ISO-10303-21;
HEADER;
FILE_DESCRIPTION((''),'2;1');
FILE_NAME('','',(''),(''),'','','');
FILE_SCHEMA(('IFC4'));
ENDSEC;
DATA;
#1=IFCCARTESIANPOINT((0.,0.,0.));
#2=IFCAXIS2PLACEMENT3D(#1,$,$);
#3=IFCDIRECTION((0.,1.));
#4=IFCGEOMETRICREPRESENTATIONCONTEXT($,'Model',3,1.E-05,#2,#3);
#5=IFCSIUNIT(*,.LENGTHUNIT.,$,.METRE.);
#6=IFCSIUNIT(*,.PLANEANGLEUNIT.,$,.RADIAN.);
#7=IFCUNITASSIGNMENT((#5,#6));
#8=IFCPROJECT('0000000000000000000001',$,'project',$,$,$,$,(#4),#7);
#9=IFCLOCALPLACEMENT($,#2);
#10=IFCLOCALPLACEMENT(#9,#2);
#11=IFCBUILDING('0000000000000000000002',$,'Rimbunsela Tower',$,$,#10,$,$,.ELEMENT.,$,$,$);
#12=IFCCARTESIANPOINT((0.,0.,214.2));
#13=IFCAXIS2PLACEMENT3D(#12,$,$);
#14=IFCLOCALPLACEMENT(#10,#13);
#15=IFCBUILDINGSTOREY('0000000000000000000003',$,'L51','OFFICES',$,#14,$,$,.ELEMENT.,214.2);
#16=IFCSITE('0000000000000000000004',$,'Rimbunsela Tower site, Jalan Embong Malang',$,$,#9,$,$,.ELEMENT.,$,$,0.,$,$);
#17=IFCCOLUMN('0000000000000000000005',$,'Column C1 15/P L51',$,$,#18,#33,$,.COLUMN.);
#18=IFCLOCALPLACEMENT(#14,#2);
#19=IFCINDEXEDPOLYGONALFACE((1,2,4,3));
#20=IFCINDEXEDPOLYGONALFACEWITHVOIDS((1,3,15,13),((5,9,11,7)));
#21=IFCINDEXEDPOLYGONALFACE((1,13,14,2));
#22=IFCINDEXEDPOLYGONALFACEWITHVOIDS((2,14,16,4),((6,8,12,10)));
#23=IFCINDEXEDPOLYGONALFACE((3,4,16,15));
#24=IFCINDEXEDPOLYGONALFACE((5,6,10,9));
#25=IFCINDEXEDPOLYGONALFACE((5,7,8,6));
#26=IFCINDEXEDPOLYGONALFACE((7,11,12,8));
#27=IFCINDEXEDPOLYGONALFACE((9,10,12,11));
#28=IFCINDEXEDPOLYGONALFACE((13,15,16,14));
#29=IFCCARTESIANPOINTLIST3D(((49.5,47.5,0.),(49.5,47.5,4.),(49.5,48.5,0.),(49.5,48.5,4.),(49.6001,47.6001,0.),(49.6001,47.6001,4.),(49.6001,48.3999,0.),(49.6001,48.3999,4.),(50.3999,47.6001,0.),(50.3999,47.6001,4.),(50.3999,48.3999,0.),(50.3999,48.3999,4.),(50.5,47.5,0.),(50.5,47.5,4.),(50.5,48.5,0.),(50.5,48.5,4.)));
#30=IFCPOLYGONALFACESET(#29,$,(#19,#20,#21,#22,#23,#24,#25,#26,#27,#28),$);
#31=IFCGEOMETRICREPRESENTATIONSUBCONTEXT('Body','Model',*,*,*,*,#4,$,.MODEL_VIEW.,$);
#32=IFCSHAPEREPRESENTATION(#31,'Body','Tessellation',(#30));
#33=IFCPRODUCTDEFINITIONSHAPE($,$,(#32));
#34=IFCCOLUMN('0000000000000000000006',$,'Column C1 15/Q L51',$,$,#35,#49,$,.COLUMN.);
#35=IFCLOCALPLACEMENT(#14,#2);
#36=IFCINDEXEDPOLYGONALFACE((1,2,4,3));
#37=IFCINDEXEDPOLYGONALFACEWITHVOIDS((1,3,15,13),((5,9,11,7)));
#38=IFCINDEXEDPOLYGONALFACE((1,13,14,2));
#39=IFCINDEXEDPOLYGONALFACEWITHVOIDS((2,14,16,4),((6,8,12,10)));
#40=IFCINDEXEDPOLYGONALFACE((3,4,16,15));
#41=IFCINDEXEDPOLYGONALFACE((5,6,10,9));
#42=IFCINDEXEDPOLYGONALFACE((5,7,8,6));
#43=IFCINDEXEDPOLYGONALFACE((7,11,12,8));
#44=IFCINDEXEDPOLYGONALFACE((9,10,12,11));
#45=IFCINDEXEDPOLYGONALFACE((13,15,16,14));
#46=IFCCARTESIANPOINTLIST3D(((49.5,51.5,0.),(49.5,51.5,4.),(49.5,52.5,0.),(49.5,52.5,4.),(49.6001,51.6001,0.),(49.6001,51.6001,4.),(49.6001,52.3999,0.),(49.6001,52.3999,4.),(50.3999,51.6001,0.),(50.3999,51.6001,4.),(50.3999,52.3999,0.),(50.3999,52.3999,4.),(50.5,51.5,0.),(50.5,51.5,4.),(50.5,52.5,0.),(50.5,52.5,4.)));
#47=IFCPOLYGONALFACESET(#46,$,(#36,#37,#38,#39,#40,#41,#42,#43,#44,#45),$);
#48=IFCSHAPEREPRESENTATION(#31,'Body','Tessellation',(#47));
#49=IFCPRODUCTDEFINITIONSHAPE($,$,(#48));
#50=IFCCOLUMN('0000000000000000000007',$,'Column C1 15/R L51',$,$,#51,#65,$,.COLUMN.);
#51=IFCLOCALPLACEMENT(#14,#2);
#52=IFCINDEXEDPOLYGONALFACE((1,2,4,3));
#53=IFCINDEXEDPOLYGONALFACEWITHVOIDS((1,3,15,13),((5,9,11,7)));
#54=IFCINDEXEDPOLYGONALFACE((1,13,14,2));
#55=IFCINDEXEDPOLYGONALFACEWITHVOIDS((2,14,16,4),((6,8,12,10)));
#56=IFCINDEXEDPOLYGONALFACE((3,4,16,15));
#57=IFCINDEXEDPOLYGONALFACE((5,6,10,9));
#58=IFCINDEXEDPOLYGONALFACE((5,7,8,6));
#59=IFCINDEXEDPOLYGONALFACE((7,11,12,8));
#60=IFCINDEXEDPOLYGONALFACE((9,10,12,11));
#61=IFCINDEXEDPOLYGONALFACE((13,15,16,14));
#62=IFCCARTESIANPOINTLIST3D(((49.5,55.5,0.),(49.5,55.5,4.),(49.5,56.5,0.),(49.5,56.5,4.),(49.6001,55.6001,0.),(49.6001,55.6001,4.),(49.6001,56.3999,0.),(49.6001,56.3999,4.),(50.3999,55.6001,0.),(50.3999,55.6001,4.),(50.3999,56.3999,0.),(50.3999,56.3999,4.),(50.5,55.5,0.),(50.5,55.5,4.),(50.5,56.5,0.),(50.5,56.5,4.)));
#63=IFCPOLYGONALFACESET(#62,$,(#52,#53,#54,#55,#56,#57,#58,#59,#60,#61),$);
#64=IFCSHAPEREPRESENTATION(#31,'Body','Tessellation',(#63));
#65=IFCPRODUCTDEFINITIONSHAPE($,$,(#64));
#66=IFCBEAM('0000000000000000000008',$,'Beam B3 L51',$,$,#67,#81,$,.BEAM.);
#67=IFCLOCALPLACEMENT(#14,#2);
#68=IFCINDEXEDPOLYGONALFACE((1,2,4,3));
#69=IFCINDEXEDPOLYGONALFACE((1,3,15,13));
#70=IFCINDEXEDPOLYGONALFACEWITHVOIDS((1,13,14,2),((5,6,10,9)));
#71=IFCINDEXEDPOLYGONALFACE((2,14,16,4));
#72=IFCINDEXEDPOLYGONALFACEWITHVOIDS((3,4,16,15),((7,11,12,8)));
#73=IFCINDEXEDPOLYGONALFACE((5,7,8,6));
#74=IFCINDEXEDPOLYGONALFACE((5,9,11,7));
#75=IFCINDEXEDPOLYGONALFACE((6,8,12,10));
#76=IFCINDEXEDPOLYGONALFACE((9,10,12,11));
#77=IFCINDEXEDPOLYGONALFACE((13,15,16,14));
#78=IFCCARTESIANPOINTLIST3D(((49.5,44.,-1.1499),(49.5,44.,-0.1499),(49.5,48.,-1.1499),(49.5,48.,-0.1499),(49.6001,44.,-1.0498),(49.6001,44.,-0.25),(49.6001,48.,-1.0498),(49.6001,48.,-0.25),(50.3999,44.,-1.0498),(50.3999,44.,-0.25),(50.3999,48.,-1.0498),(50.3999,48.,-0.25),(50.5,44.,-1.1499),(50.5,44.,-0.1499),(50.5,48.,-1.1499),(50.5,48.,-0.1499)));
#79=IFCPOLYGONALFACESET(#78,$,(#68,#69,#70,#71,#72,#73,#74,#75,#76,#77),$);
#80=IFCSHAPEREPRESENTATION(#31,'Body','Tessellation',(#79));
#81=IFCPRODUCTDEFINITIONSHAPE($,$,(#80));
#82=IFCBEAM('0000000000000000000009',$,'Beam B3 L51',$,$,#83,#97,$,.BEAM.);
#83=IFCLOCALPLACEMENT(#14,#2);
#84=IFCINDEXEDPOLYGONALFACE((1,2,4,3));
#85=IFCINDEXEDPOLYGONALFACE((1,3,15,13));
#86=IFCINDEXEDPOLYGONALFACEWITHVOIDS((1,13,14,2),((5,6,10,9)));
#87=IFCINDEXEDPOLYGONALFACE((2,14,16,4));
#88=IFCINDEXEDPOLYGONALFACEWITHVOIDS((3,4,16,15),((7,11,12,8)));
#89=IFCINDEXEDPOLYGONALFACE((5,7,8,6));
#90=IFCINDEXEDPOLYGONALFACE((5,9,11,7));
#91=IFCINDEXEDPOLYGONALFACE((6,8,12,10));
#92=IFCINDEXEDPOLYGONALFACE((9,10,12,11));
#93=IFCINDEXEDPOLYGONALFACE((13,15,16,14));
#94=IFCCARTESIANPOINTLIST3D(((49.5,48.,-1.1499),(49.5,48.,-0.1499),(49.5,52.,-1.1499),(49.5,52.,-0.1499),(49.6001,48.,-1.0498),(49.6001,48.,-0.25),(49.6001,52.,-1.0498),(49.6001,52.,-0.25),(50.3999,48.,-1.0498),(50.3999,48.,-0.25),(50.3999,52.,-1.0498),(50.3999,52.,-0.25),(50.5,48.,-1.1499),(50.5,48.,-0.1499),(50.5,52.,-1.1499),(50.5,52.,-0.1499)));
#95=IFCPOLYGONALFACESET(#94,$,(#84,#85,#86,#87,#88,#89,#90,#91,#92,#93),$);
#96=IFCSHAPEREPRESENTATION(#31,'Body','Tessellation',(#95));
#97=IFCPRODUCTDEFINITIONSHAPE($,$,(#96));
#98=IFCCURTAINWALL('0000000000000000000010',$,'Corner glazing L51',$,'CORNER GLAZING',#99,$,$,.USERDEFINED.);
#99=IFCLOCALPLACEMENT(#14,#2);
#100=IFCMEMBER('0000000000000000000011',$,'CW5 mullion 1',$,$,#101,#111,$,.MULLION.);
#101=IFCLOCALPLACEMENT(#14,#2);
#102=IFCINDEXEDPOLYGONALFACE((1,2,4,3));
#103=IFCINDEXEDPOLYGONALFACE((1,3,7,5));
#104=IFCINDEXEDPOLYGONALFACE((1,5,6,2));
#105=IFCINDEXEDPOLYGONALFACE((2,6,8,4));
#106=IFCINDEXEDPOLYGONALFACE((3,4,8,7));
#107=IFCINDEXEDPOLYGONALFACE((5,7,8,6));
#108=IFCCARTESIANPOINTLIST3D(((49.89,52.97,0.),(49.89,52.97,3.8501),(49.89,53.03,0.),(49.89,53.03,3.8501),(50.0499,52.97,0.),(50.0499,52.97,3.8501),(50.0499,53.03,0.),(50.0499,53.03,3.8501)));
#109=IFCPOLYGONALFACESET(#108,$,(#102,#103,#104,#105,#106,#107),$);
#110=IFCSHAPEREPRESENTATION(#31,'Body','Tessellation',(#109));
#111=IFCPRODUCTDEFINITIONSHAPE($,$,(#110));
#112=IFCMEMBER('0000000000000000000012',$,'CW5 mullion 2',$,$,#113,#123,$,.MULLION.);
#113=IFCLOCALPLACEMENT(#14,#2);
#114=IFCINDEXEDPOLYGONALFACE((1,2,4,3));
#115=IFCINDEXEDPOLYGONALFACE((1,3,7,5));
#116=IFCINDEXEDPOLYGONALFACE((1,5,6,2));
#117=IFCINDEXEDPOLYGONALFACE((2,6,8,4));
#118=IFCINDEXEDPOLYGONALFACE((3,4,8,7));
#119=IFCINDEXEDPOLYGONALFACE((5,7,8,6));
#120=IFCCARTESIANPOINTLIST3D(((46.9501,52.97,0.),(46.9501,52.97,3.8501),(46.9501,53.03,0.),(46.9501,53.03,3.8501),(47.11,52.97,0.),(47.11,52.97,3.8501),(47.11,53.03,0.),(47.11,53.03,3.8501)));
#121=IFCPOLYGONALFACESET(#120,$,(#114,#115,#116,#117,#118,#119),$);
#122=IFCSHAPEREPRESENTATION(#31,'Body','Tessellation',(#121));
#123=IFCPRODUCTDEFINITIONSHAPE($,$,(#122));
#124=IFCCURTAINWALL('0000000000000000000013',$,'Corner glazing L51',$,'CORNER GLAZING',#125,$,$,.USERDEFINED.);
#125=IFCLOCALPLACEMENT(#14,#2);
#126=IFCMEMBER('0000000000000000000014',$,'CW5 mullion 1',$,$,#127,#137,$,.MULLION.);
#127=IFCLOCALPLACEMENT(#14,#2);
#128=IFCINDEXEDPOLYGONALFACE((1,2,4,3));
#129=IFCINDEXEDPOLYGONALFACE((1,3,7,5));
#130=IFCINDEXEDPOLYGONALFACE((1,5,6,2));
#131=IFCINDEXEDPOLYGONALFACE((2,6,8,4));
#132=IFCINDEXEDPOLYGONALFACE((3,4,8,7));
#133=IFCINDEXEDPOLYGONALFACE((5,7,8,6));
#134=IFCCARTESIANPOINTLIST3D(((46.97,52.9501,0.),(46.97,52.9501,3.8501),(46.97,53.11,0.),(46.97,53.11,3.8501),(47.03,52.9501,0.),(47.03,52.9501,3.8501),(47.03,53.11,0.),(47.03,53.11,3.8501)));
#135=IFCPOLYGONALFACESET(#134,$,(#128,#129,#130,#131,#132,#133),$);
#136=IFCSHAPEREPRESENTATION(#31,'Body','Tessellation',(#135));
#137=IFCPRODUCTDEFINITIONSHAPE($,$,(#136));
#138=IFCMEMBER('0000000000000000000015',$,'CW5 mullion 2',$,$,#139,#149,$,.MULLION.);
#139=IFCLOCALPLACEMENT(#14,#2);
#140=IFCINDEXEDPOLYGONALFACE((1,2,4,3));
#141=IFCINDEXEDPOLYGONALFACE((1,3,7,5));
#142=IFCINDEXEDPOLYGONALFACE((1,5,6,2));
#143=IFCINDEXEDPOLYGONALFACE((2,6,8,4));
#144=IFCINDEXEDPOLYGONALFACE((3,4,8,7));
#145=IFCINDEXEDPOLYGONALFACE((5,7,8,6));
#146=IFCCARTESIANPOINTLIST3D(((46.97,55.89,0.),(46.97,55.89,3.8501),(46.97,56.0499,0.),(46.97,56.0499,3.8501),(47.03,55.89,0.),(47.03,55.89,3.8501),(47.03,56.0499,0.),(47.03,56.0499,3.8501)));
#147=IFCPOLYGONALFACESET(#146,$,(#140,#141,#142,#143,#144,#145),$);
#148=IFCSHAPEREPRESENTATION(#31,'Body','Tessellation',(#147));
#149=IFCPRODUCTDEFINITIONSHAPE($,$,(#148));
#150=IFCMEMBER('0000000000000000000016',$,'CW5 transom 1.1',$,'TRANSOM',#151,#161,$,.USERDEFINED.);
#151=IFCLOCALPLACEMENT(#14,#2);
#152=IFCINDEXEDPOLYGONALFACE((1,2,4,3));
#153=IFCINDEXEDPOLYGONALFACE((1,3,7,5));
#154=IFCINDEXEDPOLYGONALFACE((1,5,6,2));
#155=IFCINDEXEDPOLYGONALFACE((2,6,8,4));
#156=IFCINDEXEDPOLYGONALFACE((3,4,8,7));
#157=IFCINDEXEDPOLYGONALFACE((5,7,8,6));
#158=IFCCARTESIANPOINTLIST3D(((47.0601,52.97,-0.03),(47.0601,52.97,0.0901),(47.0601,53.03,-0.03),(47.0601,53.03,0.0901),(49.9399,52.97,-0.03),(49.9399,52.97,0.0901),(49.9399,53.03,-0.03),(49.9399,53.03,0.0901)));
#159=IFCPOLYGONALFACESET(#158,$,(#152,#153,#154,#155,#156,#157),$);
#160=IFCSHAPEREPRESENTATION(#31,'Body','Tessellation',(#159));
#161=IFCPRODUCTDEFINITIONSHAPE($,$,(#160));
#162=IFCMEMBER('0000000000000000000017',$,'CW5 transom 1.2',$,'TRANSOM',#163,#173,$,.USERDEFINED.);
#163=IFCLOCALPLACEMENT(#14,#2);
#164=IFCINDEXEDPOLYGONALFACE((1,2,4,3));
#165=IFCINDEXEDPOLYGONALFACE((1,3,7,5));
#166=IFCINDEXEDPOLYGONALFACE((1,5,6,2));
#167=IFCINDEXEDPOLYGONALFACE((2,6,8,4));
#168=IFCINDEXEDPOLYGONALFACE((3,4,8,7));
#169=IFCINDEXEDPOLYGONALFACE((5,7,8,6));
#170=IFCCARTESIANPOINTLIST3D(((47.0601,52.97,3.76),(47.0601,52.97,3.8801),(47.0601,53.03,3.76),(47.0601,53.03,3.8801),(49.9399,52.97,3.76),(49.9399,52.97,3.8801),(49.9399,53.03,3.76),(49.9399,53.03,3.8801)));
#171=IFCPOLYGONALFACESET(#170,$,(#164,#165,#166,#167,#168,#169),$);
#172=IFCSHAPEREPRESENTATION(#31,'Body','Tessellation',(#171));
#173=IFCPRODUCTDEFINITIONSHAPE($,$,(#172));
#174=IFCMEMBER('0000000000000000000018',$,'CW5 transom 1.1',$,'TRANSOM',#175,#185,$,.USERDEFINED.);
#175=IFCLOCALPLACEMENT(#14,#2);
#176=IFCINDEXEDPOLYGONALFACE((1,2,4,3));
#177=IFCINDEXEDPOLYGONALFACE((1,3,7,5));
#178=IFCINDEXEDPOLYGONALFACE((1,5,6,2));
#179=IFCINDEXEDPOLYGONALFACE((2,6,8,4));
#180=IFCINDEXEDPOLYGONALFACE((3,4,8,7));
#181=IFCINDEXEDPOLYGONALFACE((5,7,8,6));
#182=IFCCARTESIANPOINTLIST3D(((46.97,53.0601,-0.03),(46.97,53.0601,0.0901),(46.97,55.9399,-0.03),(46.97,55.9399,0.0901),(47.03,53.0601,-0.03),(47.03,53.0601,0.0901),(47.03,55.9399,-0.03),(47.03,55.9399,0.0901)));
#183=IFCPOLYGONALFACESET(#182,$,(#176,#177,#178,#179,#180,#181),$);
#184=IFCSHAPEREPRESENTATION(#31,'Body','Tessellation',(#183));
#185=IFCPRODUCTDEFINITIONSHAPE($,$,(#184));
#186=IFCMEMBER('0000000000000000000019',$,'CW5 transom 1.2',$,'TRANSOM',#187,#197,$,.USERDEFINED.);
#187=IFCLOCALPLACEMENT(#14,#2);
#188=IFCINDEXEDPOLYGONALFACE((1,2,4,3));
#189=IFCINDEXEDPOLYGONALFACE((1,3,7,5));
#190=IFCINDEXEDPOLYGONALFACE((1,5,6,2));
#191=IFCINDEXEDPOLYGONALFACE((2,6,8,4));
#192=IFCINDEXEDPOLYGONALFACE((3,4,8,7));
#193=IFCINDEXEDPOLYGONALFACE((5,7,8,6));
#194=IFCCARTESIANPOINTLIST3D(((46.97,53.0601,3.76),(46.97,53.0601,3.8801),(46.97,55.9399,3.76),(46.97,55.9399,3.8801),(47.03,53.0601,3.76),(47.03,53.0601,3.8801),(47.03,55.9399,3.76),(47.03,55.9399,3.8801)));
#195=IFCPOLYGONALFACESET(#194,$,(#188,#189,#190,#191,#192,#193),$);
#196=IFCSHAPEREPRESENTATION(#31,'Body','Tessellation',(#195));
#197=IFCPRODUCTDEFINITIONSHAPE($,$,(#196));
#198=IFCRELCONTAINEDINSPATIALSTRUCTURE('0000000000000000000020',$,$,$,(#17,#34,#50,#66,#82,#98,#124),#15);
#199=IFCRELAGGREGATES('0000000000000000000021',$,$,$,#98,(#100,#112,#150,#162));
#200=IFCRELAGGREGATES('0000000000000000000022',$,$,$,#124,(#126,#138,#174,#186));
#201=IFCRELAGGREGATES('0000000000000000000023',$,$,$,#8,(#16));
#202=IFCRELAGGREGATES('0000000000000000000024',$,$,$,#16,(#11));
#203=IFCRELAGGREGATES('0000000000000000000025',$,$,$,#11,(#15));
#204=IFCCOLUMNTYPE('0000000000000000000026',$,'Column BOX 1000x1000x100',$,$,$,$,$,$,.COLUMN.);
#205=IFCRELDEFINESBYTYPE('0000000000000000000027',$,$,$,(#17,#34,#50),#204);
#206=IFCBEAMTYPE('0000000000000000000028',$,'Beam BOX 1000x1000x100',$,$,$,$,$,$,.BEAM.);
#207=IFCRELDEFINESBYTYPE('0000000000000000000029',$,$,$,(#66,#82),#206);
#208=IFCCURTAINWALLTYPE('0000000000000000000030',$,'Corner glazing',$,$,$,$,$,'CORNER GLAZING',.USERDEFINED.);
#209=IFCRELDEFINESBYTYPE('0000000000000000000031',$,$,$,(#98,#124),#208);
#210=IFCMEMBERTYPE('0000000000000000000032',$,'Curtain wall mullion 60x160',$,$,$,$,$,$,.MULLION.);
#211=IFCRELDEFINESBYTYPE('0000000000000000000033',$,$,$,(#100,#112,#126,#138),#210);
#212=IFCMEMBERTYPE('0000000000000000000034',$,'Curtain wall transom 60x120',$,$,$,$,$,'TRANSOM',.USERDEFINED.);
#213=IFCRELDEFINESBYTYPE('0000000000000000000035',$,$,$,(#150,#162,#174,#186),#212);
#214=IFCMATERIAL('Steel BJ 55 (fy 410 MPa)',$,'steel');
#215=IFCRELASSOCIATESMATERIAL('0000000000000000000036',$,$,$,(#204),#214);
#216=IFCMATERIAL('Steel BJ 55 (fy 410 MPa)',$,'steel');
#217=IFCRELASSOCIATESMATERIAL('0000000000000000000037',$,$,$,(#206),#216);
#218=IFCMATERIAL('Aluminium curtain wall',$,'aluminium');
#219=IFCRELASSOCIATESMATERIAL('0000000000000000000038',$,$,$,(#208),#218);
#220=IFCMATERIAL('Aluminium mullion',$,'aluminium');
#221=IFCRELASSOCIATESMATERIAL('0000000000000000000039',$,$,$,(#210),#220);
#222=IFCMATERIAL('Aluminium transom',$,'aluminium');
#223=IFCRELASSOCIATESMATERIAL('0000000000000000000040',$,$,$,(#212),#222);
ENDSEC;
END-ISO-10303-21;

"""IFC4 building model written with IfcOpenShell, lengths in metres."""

from ifc_helpers import new_model, si_unit, direction, frame, origin, origin_2d, place, context, subcontext, project, spatial, rectangle, hollow_rectangle, extrude, material, material_profile, profile_set, type_object, element, aggregate, save


model = new_model("IFC4")

# Units and contexts
model_context = context("Model", 3, precision=1e-05, world=origin(), true_north=direction((0.0, 1.0)))
body_context = subcontext(model_context, "Body", "Model", "MODEL_VIEW")
ifc_project = project(units=[si_unit("LENGTHUNIT", "METRE"), si_unit("PLANEANGLEUNIT", "RADIAN")], contexts=[model_context])

# Site, building, storey
site_placement = place(None, origin())
site = spatial("IfcSite", under=ifc_project, at=site_placement, Name="Rimbunsela Tower site, Jalan Embong Malang", CompositionType="ELEMENT", RefElevation=0.0)
building_placement = place(site_placement, origin())
building = spatial("IfcBuilding", under=site, at=building_placement, Name="Rimbunsela Tower", CompositionType="ELEMENT")
storey_placement = place(building_placement, frame((0.0, 0.0, 214.2)))
storey = spatial("IfcBuildingStorey", under=building, at=storey_placement, Name="L51", Description="OFFICES", CompositionType="ELEMENT", Elevation=214.2)

# Columns
ifc_material_1 = material(Name="Steel BJ 55 (fy 410 MPa)", Category="steel")
ifc_material_profile_1 = material_profile(ifc_material_1, hollow_rectangle(XDim=1.0, YDim=1.0, WallThickness=0.1001, at=origin_2d()), Name="BOX 1000x1000x100")
ifc_profile_set_1 = profile_set([ifc_material_profile_1], Name="Steel BJ 55 (fy 410 MPa)")
column_type = type_object("IfcColumnType", Name="Column BOX 1000x1000x100", PredefinedType="COLUMN", material=ifc_profile_set_1)
for number, where, z_axis, x_axis, name in (
    (1, (50.0, 48.0, 0.0), (0.0, 0.0, 1.0), (1.0, 0.0, 0.0), "Column C1 15/P L51"),
    (2, (50.0, 52.0, 0.0), (0.0, 0.0, 1.0), (1.0, 0.0, 0.0), "Column C1 15/Q L51"),
    (3, (50.0, 56.0, 0.0), (0.0, 0.0, 1.0), (1.0, 0.0, 0.0), "Column C1 15/R L51"),
):
    element("IfcColumn", number, at=place(storey_placement, frame(where, z_axis=z_axis, x_axis=x_axis)), inside=storey, type_object=column_type, Name=name, PredefinedType="COLUMN", context=body_context, shape_type="SweptSolid", body=[
        extrude(hollow_rectangle(XDim=1.0, YDim=1.0, WallThickness=0.1001, at=origin_2d()), origin(), (0.0, 0.0, 1.0), 4.0),
    ])

# Beams
ifc_material_2 = material(Name="Steel BJ 55 (fy 410 MPa)", Category="steel")
ifc_material_profile_2 = material_profile(ifc_material_2, hollow_rectangle(XDim=1.0, YDim=1.0, WallThickness=0.1001, at=origin_2d()), Name="BOX 1000x1000x100")
ifc_profile_set_2 = profile_set([ifc_material_profile_2], Name="Steel BJ 55 (fy 410 MPa)")
beam_type = type_object("IfcBeamType", Name="Beam BOX 1000x1000x100", PredefinedType="BEAM", material=ifc_profile_set_2)
for number, where, z_axis, x_axis, name in (
    (4, (50.0, 44.0, -0.6499), (0.0, 1.0, 0.0), (-1.0, 0.0, 0.0), "Beam B3 L51"),
    (5, (50.0, 48.0, -0.6499), (0.0, 1.0, 0.0), (-1.0, 0.0, 0.0), "Beam B3 L51"),
):
    element("IfcBeam", number, at=place(storey_placement, frame(where, z_axis=z_axis, x_axis=x_axis)), inside=storey, type_object=beam_type, Name=name, PredefinedType="BEAM", context=body_context, shape_type="SweptSolid", body=[
        extrude(hollow_rectangle(XDim=1.0, YDim=1.0, WallThickness=0.1001, at=origin_2d()), origin(), (0.0, 0.0, 1.0), 4.0),
    ])

# Curtain walls, members
ifc_material_3 = material(Name="Aluminium curtain wall", Category="aluminium")
curtain_wall_type = type_object("IfcCurtainWallType", Name="Corner glazing", ElementType="CORNER GLAZING", PredefinedType="USERDEFINED", material=ifc_material_3)
curtain_wall_1_placement = place(storey_placement, origin())
curtain_wall_1 = element("IfcCurtainWall", 6, at=curtain_wall_1_placement, inside=storey, type_object=curtain_wall_type, Name="Corner glazing L51", ObjectType="CORNER GLAZING", PredefinedType="USERDEFINED")
ifc_material_4 = material(Name="Aluminium mullion", Category="aluminium")
ifc_material_profile_3 = material_profile(ifc_material_4, rectangle(XDim=0.0601, YDim=0.1599, at=origin_2d()), Name="Mullion 60x160")
ifc_profile_set_3 = profile_set([ifc_material_profile_3], Name="Aluminium mullion")
member_type_1 = type_object("IfcMemberType", Name="Curtain wall mullion 60x160", PredefinedType="MULLION", material=ifc_profile_set_3)
member_1_placement = place(storey_placement, frame((49.97, 53.0, 0.0), z_axis=(0.0, 0.0, 1.0), x_axis=(0.0, -1.0, 0.0)))
member_1 = element("IfcMember", 7, at=member_1_placement, type_object=member_type_1, Name="CW5 mullion 1", PredefinedType="MULLION", context=body_context, shape_type="SweptSolid", body=[
    extrude(rectangle(XDim=0.0601, YDim=0.1599, at=origin_2d()), origin(), (0.0, 0.0, 1.0), 3.8501),
])
member_2_placement = place(storey_placement, frame((47.03, 53.0, 0.0), z_axis=(0.0, 0.0, 1.0), x_axis=(0.0, -1.0, 0.0)))
member_2 = element("IfcMember", 8, at=member_2_placement, type_object=member_type_1, Name="CW5 mullion 2", PredefinedType="MULLION", context=body_context, shape_type="SweptSolid", body=[
    extrude(rectangle(XDim=0.0601, YDim=0.1599, at=origin_2d()), origin(), (0.0, 0.0, 1.0), 3.8501),
])
curtain_wall_2_placement = place(storey_placement, origin())
curtain_wall_2 = element("IfcCurtainWall", 9, at=curtain_wall_2_placement, inside=storey, type_object=curtain_wall_type, Name="Corner glazing L51", ObjectType="CORNER GLAZING", PredefinedType="USERDEFINED")
member_3_placement = place(storey_placement, frame((47.0, 53.03, 0.0), z_axis=(0.0, 0.0, 1.0), x_axis=(-1.0, 0.0, 0.0)))
member_3 = element("IfcMember", 10, at=member_3_placement, type_object=member_type_1, Name="CW5 mullion 1", PredefinedType="MULLION", context=body_context, shape_type="SweptSolid", body=[
    extrude(rectangle(XDim=0.0601, YDim=0.1599, at=origin_2d()), origin(), (0.0, 0.0, 1.0), 3.8501),
])
member_4_placement = place(storey_placement, frame((47.0, 55.97, 0.0), z_axis=(0.0, 0.0, 1.0), x_axis=(-1.0, 0.0, 0.0)))
member_4 = element("IfcMember", 11, at=member_4_placement, type_object=member_type_1, Name="CW5 mullion 2", PredefinedType="MULLION", context=body_context, shape_type="SweptSolid", body=[
    extrude(rectangle(XDim=0.0601, YDim=0.1599, at=origin_2d()), origin(), (0.0, 0.0, 1.0), 3.8501),
])

# Members
ifc_material_5 = material(Name="Aluminium transom", Category="aluminium")
ifc_material_profile_4 = material_profile(ifc_material_5, rectangle(XDim=0.0601, YDim=0.1201, at=origin_2d()), Name="Transom 60x120")
ifc_profile_set_4 = profile_set([ifc_material_profile_4], Name="Aluminium transom")
member_type_2 = type_object("IfcMemberType", Name="Curtain wall transom 60x120", ElementType="TRANSOM", PredefinedType="USERDEFINED", material=ifc_profile_set_4)
member_5_placement = place(storey_placement, frame((49.9399, 53.0, 0.03), z_axis=(-1.0, 0.0, 0.0), x_axis=(0.0, -1.0, 0.0)))
member_5 = element("IfcMember", 12, at=member_5_placement, type_object=member_type_2, Name="CW5 transom 1.1", ObjectType="TRANSOM", PredefinedType="USERDEFINED", context=body_context, shape_type="SweptSolid", body=[
    extrude(rectangle(XDim=0.0601, YDim=0.1201, at=origin_2d()), origin(), (0.0, 0.0, 1.0), 2.8799),
])
member_6_placement = place(storey_placement, frame((49.9399, 53.0, 3.8201), z_axis=(-1.0, 0.0, 0.0), x_axis=(0.0, -1.0, 0.0)))
member_6 = element("IfcMember", 13, at=member_6_placement, type_object=member_type_2, Name="CW5 transom 1.2", ObjectType="TRANSOM", PredefinedType="USERDEFINED", context=body_context, shape_type="SweptSolid", body=[
    extrude(rectangle(XDim=0.0601, YDim=0.1201, at=origin_2d()), origin(), (0.0, 0.0, 1.0), 2.8799),
])
member_7_placement = place(storey_placement, frame((47.0, 53.0601, 0.03), z_axis=(0.0, 1.0, 0.0), x_axis=(-1.0, 0.0, 0.0)))
member_7 = element("IfcMember", 14, at=member_7_placement, type_object=member_type_2, Name="CW5 transom 1.1", ObjectType="TRANSOM", PredefinedType="USERDEFINED", context=body_context, shape_type="SweptSolid", body=[
    extrude(rectangle(XDim=0.0601, YDim=0.1201, at=origin_2d()), origin(), (0.0, 0.0, 1.0), 2.8799),
])
member_8_placement = place(storey_placement, frame((47.0, 53.0601, 3.8201), z_axis=(0.0, 1.0, 0.0), x_axis=(-1.0, 0.0, 0.0)))
member_8 = element("IfcMember", 15, at=member_8_placement, type_object=member_type_2, Name="CW5 transom 1.2", ObjectType="TRANSOM", PredefinedType="USERDEFINED", context=body_context, shape_type="SweptSolid", body=[
    extrude(rectangle(XDim=0.0601, YDim=0.1201, at=origin_2d()), origin(), (0.0, 0.0, 1.0), 2.8799),
])

aggregate(curtain_wall_1, [member_1, member_2, member_5, member_6])
aggregate(curtain_wall_2, [member_3, member_4, member_7, member_8])

save(model, "model.ifc")
